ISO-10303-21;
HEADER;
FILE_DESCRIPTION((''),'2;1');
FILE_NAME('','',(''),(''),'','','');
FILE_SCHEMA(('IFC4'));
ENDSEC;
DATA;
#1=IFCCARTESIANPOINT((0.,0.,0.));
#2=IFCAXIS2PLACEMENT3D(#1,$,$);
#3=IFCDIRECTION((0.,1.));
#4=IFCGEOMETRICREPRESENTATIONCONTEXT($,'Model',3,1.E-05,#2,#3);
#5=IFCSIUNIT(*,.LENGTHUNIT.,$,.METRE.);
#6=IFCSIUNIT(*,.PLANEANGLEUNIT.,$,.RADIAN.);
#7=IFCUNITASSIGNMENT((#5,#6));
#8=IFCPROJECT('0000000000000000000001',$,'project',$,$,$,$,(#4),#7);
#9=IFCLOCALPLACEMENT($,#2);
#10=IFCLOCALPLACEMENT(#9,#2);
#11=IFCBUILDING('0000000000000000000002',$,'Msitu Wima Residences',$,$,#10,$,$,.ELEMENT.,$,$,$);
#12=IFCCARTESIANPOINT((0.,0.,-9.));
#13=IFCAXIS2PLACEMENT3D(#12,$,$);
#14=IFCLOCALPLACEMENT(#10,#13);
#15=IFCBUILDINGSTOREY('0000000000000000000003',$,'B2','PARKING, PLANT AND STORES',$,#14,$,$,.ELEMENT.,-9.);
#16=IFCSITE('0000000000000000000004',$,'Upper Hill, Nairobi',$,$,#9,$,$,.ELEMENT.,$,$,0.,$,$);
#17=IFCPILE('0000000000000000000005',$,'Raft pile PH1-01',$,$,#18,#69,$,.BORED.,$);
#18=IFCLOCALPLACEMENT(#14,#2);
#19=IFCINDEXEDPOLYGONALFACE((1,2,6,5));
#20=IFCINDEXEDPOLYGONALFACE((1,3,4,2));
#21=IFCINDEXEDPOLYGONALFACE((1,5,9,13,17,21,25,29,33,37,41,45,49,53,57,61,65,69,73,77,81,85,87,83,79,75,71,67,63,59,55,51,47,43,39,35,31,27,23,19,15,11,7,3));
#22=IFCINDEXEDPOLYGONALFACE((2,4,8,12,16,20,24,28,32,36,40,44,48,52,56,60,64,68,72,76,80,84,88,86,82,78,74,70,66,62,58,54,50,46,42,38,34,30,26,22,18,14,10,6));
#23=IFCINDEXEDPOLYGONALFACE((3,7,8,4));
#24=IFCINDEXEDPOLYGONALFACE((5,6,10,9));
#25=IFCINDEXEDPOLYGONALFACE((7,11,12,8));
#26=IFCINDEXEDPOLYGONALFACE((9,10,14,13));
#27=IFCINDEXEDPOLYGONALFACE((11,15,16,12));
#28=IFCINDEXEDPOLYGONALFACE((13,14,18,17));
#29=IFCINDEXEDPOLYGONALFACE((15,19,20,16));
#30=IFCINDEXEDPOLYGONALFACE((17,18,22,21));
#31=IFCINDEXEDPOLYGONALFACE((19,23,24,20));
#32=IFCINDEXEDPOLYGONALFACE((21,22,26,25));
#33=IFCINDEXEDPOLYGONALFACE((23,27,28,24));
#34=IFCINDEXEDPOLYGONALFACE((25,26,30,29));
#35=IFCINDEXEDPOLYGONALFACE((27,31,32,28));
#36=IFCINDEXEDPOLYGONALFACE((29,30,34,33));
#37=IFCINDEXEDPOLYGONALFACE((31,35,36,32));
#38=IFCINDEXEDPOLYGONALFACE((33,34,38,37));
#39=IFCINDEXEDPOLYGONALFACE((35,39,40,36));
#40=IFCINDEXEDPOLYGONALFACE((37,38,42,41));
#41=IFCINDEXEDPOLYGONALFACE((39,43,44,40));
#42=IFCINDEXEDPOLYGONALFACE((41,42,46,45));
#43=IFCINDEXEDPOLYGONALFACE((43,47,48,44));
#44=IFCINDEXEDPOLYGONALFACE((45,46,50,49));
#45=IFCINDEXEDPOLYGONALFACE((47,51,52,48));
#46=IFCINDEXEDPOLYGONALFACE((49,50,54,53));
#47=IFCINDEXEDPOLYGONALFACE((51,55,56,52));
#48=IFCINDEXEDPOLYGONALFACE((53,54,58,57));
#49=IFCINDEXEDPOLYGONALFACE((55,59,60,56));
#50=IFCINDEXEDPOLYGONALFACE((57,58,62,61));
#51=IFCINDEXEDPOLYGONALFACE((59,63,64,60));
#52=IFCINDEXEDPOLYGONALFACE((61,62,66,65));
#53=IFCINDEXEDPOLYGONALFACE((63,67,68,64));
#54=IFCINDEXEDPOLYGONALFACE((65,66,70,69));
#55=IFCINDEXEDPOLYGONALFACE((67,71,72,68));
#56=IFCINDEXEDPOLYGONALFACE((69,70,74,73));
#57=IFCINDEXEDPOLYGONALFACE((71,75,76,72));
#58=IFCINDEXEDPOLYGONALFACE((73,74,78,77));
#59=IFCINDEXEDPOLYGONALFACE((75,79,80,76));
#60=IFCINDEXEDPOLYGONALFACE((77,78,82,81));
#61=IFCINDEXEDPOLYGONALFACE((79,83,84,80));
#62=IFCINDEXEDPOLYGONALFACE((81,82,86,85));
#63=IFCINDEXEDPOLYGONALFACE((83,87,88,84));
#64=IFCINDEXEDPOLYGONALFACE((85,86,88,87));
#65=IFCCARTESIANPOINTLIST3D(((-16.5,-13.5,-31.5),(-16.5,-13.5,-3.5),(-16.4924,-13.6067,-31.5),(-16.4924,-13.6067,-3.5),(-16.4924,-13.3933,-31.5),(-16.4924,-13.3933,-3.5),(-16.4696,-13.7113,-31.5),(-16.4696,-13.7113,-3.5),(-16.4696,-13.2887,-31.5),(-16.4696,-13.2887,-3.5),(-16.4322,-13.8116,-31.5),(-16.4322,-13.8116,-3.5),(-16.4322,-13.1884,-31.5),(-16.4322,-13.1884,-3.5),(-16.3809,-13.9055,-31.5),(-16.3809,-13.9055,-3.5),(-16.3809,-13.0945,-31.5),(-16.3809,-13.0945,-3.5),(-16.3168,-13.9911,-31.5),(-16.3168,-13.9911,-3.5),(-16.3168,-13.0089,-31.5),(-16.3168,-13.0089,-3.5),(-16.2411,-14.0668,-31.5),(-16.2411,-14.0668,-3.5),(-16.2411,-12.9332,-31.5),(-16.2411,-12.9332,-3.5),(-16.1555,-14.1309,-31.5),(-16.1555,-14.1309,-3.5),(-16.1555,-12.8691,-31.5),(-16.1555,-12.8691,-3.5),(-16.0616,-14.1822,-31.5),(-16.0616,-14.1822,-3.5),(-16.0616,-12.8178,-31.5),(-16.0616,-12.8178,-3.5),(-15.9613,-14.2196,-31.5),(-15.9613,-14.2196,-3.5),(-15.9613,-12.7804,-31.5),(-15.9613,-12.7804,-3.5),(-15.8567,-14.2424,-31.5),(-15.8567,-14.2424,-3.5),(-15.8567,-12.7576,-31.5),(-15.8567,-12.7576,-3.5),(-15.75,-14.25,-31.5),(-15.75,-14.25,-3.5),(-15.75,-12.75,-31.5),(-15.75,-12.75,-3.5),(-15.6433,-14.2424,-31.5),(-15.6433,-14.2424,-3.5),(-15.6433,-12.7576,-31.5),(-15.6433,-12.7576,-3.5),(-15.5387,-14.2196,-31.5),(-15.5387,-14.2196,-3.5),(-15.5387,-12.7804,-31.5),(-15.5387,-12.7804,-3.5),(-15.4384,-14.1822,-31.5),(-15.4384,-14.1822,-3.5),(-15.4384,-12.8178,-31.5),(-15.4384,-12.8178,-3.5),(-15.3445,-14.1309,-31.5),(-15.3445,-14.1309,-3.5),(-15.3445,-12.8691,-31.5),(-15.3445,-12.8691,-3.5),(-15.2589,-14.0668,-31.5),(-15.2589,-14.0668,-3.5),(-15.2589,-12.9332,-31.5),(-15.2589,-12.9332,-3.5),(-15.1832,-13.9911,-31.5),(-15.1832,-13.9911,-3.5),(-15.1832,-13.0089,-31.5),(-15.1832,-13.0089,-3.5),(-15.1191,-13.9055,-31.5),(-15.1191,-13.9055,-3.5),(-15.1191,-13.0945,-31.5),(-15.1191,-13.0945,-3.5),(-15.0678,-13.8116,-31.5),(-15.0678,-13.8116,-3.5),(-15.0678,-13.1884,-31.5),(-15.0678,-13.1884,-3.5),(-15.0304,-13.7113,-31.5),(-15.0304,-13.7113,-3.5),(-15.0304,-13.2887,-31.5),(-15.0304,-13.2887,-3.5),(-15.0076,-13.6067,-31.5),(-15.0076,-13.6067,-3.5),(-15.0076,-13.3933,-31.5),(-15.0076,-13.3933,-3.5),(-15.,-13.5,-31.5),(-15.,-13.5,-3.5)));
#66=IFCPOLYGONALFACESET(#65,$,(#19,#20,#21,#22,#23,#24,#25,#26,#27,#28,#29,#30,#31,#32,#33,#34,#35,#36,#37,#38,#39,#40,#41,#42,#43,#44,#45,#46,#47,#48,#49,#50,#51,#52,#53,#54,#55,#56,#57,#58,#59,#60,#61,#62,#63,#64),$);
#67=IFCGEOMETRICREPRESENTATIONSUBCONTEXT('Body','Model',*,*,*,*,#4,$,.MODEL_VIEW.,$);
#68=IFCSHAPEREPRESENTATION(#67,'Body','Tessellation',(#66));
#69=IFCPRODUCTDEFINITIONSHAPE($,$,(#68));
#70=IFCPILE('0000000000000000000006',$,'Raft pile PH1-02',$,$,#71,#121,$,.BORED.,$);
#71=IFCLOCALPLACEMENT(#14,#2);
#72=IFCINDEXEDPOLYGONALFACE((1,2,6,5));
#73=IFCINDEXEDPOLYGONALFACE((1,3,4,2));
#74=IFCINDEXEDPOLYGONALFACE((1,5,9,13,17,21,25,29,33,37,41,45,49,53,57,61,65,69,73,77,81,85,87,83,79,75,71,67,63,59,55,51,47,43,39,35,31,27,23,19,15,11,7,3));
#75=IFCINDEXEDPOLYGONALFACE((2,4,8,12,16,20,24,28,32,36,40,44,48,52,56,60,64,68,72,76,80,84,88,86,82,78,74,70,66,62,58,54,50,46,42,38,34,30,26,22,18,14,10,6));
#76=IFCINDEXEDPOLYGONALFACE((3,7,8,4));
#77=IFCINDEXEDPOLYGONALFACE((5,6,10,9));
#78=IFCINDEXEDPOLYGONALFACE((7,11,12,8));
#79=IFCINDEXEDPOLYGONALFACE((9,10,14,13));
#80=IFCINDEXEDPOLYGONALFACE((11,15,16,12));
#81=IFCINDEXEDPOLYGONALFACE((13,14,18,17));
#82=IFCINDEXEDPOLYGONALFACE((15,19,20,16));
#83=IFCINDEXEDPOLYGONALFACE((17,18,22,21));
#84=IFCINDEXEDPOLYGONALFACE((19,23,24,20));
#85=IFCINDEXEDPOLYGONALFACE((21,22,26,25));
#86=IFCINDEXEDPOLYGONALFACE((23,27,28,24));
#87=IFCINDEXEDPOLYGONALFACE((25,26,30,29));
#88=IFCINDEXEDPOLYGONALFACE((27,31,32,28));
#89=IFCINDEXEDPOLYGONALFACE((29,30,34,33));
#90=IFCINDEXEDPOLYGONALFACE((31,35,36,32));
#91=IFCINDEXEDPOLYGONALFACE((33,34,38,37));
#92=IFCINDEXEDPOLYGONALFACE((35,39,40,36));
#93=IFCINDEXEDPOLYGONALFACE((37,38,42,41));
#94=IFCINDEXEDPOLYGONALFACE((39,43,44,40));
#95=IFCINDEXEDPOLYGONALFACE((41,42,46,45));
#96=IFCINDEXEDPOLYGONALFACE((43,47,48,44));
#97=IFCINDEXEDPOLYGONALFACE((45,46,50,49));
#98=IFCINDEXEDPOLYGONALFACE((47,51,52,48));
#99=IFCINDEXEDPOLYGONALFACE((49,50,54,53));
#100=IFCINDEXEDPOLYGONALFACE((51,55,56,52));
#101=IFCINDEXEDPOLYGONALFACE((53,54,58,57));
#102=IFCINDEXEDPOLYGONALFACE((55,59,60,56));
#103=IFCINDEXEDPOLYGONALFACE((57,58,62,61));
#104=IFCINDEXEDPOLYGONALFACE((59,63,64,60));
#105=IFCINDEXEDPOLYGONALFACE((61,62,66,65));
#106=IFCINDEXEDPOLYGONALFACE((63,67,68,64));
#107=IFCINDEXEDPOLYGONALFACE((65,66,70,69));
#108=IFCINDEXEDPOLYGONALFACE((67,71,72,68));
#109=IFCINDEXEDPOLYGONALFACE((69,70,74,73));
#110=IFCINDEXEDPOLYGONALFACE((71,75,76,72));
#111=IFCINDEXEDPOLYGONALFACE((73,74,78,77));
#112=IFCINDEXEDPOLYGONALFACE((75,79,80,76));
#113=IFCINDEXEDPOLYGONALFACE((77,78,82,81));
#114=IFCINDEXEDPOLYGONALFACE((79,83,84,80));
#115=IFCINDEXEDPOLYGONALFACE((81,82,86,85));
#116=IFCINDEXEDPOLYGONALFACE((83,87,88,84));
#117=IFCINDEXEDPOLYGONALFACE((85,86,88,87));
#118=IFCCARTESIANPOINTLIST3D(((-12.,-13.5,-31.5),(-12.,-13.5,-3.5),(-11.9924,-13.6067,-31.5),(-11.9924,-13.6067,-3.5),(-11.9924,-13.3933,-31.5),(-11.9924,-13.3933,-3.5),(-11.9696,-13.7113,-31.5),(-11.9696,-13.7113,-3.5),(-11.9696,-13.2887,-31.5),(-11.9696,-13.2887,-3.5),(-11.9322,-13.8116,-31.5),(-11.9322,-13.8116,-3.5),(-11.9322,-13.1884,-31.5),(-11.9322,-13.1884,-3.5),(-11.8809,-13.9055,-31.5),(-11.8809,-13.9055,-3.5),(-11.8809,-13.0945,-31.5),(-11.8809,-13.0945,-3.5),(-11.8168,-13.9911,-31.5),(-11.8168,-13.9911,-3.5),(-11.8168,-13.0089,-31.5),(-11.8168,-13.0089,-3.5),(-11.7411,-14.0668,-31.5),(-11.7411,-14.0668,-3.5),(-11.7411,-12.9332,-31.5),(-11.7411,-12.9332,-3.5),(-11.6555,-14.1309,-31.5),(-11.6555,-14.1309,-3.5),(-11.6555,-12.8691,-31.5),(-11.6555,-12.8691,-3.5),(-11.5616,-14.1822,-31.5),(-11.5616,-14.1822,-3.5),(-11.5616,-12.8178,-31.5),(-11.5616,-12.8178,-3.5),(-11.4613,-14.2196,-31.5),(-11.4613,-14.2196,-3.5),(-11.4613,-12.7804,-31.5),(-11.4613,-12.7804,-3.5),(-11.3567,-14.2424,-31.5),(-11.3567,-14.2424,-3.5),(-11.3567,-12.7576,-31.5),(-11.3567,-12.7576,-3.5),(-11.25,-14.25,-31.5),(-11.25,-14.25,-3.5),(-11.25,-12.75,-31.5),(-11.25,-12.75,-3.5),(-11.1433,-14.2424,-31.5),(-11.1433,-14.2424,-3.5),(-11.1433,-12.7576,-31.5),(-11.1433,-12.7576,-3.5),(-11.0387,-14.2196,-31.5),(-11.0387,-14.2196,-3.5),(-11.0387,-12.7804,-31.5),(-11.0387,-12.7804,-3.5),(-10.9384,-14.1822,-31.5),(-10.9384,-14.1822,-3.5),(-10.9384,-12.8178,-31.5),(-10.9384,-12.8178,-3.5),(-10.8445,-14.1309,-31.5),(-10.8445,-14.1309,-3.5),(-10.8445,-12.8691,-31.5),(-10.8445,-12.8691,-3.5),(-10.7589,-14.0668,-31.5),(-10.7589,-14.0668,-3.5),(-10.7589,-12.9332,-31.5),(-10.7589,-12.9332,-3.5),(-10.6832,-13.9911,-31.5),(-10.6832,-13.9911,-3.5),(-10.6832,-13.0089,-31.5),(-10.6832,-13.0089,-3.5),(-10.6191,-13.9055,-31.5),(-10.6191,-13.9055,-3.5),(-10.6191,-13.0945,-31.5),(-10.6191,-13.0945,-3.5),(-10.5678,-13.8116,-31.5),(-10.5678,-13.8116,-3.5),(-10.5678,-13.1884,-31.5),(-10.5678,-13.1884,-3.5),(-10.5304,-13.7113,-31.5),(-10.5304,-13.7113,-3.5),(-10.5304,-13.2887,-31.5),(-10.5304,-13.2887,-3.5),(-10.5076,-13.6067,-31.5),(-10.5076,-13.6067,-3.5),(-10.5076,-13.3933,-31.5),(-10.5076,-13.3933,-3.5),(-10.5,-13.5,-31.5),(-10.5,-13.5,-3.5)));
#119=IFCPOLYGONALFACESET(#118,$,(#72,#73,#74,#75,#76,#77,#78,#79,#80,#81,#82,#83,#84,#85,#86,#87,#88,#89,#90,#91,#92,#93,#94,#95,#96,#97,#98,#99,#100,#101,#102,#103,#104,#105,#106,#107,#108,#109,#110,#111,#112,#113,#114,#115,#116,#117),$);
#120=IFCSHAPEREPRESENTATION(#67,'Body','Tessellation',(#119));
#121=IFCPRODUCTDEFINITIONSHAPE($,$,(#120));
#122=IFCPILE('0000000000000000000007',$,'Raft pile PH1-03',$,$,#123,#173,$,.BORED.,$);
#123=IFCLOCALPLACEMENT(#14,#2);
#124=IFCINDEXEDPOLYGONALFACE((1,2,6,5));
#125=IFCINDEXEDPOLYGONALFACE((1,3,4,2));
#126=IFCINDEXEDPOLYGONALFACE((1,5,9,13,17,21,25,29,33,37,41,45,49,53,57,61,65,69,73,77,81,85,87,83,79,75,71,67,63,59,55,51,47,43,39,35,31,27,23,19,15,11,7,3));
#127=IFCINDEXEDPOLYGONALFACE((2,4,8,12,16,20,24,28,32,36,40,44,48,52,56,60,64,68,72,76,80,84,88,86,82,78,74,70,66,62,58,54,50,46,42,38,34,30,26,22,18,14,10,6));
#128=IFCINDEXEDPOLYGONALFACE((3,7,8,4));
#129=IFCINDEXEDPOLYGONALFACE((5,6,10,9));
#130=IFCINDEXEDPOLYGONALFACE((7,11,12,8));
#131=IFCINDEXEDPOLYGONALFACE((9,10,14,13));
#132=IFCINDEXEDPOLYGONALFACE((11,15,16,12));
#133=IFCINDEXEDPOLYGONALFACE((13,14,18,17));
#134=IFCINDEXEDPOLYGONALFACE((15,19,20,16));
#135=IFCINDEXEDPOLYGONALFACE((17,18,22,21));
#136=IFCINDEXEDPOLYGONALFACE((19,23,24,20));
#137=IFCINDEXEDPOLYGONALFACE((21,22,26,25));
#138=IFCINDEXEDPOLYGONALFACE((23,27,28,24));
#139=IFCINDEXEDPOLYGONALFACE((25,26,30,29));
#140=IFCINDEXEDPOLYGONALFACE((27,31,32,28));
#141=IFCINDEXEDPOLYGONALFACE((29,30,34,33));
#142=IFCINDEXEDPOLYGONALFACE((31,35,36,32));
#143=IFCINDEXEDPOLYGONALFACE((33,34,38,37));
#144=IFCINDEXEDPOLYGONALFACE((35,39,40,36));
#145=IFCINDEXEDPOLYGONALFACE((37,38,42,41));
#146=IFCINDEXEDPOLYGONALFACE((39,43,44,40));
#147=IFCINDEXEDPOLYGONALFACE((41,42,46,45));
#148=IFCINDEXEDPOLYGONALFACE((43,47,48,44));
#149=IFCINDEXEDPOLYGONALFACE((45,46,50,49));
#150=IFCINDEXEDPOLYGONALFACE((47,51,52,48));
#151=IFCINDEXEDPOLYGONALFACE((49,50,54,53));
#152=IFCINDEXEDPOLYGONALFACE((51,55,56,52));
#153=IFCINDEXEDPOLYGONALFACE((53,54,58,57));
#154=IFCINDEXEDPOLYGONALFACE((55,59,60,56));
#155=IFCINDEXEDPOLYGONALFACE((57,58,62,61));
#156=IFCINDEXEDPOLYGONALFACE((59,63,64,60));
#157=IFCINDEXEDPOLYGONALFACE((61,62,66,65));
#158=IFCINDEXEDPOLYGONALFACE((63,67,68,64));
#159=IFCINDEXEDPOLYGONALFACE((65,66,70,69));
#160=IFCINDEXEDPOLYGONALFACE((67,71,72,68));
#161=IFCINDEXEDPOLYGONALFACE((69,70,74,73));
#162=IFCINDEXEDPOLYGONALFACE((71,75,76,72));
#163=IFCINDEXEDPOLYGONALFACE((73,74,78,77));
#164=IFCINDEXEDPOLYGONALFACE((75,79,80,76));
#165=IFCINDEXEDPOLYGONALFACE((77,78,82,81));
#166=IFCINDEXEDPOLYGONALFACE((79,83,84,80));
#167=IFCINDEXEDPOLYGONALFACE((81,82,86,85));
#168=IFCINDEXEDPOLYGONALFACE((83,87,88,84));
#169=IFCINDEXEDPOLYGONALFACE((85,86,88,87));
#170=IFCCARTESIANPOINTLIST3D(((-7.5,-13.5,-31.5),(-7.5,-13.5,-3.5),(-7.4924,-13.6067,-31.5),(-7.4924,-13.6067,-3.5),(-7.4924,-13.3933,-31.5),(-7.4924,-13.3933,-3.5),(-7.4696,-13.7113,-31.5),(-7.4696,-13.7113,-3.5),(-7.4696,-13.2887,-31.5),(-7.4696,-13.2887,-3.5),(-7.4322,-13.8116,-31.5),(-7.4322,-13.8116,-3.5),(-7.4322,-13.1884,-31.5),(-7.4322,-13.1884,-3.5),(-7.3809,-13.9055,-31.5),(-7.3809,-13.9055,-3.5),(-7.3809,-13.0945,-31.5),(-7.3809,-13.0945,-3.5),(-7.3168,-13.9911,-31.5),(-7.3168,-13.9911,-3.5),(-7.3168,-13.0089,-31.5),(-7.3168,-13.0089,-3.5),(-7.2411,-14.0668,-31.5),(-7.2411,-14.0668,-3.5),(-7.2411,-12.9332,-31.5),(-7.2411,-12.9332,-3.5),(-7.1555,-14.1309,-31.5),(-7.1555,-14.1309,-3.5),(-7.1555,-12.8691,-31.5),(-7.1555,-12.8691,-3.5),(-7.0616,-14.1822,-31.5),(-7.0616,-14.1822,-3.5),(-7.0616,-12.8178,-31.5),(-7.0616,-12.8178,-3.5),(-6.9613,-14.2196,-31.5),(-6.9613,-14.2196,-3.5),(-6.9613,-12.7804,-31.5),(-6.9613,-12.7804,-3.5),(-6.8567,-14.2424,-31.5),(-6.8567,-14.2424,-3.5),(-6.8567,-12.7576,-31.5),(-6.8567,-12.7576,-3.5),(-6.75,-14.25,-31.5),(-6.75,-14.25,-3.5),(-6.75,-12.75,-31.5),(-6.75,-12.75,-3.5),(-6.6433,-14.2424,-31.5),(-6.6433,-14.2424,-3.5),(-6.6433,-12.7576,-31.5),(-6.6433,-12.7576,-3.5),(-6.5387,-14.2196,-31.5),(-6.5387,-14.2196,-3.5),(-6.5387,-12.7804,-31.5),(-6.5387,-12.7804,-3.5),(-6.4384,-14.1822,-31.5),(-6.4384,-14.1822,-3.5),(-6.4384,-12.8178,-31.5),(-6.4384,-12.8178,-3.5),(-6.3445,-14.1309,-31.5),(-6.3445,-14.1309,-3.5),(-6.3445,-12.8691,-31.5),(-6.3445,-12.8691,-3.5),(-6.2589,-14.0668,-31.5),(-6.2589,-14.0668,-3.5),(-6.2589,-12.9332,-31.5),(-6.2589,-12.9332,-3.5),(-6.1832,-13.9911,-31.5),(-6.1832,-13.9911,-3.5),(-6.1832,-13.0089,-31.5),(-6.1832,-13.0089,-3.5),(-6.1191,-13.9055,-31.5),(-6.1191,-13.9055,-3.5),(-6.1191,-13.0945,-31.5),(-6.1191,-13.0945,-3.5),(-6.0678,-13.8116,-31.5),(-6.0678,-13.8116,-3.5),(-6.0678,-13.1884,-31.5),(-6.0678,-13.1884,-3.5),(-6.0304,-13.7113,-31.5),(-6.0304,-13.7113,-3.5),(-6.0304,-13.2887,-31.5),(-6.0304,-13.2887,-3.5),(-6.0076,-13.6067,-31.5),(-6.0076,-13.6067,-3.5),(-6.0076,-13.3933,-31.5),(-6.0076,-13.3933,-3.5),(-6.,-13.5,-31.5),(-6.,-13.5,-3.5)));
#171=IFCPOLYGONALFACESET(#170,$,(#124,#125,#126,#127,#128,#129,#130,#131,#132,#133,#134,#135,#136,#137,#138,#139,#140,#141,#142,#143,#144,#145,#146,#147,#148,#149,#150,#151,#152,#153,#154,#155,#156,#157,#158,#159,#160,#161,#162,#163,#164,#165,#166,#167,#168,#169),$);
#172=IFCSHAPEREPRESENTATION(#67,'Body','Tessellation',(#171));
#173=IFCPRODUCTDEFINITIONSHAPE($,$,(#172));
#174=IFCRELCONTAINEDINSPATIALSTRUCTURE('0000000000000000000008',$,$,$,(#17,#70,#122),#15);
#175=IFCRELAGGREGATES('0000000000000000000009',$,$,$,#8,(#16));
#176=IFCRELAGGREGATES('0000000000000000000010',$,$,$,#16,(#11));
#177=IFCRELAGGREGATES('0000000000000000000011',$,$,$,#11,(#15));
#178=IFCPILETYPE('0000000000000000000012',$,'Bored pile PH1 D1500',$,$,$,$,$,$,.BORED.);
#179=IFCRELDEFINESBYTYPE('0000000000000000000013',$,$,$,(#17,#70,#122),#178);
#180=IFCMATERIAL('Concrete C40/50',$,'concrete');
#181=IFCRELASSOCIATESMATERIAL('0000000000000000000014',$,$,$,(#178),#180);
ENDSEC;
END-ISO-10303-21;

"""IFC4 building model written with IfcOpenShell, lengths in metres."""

from ifc_helpers import new_model, si_unit, direction, frame, origin, origin_2d, place, context, subcontext, project, spatial, circle, extrude, material, type_object, element, save


model = new_model("IFC4")

# Units and contexts
model_context = context("Model", 3, precision=1e-05, world=origin(), true_north=direction((0.0, 1.0)))
body_context = subcontext(model_context, "Body", "Model", "MODEL_VIEW")
ifc_project = project(units=[si_unit("LENGTHUNIT", "METRE"), si_unit("PLANEANGLEUNIT", "RADIAN")], contexts=[model_context])

# Site, building, storey
site_placement = place(None, origin())
site = spatial("IfcSite", under=ifc_project, at=site_placement, Name="Upper Hill, Nairobi", CompositionType="ELEMENT", RefElevation=0.0)
building_placement = place(site_placement, origin())
building = spatial("IfcBuilding", under=site, at=building_placement, Name="Msitu Wima Residences", CompositionType="ELEMENT")
storey_placement = place(building_placement, frame((0.0, 0.0, -9.0)))
storey = spatial("IfcBuildingStorey", under=building, at=storey_placement, Name="B2", Description="PARKING, PLANT AND STORES", CompositionType="ELEMENT", Elevation=-9.0)

# Piles
ifc_material_1 = material(Name="Concrete C40/50", Category="concrete")
pile_type = type_object("IfcPileType", Name="Bored pile PH1 D1500", PredefinedType="BORED", material=ifc_material_1)
for number, where, z_axis, x_axis, name in (
    (1, (-15.75, -13.5, -3.5), (0.0, 0.0, -1.0), (1.0, 0.0, 0.0), "Raft pile PH1-01"),
    (2, (-11.25, -13.5, -3.5), (0.0, 0.0, -1.0), (1.0, 0.0, 0.0), "Raft pile PH1-02"),
    (3, (-6.75, -13.5, -3.5), (0.0, 0.0, -1.0), (1.0, 0.0, 0.0), "Raft pile PH1-03"),
):
    element("IfcPile", number, at=place(storey_placement, frame(where, z_axis=z_axis, x_axis=x_axis)), inside=storey, type_object=pile_type, Name=name, PredefinedType="BORED", context=body_context, shape_type="SweptSolid", body=[
        extrude(circle(Radius=0.75, at=origin_2d()), origin(), (0.0, 0.0, 1.0), 28.0),
    ])

save(model, "model.ifc")
